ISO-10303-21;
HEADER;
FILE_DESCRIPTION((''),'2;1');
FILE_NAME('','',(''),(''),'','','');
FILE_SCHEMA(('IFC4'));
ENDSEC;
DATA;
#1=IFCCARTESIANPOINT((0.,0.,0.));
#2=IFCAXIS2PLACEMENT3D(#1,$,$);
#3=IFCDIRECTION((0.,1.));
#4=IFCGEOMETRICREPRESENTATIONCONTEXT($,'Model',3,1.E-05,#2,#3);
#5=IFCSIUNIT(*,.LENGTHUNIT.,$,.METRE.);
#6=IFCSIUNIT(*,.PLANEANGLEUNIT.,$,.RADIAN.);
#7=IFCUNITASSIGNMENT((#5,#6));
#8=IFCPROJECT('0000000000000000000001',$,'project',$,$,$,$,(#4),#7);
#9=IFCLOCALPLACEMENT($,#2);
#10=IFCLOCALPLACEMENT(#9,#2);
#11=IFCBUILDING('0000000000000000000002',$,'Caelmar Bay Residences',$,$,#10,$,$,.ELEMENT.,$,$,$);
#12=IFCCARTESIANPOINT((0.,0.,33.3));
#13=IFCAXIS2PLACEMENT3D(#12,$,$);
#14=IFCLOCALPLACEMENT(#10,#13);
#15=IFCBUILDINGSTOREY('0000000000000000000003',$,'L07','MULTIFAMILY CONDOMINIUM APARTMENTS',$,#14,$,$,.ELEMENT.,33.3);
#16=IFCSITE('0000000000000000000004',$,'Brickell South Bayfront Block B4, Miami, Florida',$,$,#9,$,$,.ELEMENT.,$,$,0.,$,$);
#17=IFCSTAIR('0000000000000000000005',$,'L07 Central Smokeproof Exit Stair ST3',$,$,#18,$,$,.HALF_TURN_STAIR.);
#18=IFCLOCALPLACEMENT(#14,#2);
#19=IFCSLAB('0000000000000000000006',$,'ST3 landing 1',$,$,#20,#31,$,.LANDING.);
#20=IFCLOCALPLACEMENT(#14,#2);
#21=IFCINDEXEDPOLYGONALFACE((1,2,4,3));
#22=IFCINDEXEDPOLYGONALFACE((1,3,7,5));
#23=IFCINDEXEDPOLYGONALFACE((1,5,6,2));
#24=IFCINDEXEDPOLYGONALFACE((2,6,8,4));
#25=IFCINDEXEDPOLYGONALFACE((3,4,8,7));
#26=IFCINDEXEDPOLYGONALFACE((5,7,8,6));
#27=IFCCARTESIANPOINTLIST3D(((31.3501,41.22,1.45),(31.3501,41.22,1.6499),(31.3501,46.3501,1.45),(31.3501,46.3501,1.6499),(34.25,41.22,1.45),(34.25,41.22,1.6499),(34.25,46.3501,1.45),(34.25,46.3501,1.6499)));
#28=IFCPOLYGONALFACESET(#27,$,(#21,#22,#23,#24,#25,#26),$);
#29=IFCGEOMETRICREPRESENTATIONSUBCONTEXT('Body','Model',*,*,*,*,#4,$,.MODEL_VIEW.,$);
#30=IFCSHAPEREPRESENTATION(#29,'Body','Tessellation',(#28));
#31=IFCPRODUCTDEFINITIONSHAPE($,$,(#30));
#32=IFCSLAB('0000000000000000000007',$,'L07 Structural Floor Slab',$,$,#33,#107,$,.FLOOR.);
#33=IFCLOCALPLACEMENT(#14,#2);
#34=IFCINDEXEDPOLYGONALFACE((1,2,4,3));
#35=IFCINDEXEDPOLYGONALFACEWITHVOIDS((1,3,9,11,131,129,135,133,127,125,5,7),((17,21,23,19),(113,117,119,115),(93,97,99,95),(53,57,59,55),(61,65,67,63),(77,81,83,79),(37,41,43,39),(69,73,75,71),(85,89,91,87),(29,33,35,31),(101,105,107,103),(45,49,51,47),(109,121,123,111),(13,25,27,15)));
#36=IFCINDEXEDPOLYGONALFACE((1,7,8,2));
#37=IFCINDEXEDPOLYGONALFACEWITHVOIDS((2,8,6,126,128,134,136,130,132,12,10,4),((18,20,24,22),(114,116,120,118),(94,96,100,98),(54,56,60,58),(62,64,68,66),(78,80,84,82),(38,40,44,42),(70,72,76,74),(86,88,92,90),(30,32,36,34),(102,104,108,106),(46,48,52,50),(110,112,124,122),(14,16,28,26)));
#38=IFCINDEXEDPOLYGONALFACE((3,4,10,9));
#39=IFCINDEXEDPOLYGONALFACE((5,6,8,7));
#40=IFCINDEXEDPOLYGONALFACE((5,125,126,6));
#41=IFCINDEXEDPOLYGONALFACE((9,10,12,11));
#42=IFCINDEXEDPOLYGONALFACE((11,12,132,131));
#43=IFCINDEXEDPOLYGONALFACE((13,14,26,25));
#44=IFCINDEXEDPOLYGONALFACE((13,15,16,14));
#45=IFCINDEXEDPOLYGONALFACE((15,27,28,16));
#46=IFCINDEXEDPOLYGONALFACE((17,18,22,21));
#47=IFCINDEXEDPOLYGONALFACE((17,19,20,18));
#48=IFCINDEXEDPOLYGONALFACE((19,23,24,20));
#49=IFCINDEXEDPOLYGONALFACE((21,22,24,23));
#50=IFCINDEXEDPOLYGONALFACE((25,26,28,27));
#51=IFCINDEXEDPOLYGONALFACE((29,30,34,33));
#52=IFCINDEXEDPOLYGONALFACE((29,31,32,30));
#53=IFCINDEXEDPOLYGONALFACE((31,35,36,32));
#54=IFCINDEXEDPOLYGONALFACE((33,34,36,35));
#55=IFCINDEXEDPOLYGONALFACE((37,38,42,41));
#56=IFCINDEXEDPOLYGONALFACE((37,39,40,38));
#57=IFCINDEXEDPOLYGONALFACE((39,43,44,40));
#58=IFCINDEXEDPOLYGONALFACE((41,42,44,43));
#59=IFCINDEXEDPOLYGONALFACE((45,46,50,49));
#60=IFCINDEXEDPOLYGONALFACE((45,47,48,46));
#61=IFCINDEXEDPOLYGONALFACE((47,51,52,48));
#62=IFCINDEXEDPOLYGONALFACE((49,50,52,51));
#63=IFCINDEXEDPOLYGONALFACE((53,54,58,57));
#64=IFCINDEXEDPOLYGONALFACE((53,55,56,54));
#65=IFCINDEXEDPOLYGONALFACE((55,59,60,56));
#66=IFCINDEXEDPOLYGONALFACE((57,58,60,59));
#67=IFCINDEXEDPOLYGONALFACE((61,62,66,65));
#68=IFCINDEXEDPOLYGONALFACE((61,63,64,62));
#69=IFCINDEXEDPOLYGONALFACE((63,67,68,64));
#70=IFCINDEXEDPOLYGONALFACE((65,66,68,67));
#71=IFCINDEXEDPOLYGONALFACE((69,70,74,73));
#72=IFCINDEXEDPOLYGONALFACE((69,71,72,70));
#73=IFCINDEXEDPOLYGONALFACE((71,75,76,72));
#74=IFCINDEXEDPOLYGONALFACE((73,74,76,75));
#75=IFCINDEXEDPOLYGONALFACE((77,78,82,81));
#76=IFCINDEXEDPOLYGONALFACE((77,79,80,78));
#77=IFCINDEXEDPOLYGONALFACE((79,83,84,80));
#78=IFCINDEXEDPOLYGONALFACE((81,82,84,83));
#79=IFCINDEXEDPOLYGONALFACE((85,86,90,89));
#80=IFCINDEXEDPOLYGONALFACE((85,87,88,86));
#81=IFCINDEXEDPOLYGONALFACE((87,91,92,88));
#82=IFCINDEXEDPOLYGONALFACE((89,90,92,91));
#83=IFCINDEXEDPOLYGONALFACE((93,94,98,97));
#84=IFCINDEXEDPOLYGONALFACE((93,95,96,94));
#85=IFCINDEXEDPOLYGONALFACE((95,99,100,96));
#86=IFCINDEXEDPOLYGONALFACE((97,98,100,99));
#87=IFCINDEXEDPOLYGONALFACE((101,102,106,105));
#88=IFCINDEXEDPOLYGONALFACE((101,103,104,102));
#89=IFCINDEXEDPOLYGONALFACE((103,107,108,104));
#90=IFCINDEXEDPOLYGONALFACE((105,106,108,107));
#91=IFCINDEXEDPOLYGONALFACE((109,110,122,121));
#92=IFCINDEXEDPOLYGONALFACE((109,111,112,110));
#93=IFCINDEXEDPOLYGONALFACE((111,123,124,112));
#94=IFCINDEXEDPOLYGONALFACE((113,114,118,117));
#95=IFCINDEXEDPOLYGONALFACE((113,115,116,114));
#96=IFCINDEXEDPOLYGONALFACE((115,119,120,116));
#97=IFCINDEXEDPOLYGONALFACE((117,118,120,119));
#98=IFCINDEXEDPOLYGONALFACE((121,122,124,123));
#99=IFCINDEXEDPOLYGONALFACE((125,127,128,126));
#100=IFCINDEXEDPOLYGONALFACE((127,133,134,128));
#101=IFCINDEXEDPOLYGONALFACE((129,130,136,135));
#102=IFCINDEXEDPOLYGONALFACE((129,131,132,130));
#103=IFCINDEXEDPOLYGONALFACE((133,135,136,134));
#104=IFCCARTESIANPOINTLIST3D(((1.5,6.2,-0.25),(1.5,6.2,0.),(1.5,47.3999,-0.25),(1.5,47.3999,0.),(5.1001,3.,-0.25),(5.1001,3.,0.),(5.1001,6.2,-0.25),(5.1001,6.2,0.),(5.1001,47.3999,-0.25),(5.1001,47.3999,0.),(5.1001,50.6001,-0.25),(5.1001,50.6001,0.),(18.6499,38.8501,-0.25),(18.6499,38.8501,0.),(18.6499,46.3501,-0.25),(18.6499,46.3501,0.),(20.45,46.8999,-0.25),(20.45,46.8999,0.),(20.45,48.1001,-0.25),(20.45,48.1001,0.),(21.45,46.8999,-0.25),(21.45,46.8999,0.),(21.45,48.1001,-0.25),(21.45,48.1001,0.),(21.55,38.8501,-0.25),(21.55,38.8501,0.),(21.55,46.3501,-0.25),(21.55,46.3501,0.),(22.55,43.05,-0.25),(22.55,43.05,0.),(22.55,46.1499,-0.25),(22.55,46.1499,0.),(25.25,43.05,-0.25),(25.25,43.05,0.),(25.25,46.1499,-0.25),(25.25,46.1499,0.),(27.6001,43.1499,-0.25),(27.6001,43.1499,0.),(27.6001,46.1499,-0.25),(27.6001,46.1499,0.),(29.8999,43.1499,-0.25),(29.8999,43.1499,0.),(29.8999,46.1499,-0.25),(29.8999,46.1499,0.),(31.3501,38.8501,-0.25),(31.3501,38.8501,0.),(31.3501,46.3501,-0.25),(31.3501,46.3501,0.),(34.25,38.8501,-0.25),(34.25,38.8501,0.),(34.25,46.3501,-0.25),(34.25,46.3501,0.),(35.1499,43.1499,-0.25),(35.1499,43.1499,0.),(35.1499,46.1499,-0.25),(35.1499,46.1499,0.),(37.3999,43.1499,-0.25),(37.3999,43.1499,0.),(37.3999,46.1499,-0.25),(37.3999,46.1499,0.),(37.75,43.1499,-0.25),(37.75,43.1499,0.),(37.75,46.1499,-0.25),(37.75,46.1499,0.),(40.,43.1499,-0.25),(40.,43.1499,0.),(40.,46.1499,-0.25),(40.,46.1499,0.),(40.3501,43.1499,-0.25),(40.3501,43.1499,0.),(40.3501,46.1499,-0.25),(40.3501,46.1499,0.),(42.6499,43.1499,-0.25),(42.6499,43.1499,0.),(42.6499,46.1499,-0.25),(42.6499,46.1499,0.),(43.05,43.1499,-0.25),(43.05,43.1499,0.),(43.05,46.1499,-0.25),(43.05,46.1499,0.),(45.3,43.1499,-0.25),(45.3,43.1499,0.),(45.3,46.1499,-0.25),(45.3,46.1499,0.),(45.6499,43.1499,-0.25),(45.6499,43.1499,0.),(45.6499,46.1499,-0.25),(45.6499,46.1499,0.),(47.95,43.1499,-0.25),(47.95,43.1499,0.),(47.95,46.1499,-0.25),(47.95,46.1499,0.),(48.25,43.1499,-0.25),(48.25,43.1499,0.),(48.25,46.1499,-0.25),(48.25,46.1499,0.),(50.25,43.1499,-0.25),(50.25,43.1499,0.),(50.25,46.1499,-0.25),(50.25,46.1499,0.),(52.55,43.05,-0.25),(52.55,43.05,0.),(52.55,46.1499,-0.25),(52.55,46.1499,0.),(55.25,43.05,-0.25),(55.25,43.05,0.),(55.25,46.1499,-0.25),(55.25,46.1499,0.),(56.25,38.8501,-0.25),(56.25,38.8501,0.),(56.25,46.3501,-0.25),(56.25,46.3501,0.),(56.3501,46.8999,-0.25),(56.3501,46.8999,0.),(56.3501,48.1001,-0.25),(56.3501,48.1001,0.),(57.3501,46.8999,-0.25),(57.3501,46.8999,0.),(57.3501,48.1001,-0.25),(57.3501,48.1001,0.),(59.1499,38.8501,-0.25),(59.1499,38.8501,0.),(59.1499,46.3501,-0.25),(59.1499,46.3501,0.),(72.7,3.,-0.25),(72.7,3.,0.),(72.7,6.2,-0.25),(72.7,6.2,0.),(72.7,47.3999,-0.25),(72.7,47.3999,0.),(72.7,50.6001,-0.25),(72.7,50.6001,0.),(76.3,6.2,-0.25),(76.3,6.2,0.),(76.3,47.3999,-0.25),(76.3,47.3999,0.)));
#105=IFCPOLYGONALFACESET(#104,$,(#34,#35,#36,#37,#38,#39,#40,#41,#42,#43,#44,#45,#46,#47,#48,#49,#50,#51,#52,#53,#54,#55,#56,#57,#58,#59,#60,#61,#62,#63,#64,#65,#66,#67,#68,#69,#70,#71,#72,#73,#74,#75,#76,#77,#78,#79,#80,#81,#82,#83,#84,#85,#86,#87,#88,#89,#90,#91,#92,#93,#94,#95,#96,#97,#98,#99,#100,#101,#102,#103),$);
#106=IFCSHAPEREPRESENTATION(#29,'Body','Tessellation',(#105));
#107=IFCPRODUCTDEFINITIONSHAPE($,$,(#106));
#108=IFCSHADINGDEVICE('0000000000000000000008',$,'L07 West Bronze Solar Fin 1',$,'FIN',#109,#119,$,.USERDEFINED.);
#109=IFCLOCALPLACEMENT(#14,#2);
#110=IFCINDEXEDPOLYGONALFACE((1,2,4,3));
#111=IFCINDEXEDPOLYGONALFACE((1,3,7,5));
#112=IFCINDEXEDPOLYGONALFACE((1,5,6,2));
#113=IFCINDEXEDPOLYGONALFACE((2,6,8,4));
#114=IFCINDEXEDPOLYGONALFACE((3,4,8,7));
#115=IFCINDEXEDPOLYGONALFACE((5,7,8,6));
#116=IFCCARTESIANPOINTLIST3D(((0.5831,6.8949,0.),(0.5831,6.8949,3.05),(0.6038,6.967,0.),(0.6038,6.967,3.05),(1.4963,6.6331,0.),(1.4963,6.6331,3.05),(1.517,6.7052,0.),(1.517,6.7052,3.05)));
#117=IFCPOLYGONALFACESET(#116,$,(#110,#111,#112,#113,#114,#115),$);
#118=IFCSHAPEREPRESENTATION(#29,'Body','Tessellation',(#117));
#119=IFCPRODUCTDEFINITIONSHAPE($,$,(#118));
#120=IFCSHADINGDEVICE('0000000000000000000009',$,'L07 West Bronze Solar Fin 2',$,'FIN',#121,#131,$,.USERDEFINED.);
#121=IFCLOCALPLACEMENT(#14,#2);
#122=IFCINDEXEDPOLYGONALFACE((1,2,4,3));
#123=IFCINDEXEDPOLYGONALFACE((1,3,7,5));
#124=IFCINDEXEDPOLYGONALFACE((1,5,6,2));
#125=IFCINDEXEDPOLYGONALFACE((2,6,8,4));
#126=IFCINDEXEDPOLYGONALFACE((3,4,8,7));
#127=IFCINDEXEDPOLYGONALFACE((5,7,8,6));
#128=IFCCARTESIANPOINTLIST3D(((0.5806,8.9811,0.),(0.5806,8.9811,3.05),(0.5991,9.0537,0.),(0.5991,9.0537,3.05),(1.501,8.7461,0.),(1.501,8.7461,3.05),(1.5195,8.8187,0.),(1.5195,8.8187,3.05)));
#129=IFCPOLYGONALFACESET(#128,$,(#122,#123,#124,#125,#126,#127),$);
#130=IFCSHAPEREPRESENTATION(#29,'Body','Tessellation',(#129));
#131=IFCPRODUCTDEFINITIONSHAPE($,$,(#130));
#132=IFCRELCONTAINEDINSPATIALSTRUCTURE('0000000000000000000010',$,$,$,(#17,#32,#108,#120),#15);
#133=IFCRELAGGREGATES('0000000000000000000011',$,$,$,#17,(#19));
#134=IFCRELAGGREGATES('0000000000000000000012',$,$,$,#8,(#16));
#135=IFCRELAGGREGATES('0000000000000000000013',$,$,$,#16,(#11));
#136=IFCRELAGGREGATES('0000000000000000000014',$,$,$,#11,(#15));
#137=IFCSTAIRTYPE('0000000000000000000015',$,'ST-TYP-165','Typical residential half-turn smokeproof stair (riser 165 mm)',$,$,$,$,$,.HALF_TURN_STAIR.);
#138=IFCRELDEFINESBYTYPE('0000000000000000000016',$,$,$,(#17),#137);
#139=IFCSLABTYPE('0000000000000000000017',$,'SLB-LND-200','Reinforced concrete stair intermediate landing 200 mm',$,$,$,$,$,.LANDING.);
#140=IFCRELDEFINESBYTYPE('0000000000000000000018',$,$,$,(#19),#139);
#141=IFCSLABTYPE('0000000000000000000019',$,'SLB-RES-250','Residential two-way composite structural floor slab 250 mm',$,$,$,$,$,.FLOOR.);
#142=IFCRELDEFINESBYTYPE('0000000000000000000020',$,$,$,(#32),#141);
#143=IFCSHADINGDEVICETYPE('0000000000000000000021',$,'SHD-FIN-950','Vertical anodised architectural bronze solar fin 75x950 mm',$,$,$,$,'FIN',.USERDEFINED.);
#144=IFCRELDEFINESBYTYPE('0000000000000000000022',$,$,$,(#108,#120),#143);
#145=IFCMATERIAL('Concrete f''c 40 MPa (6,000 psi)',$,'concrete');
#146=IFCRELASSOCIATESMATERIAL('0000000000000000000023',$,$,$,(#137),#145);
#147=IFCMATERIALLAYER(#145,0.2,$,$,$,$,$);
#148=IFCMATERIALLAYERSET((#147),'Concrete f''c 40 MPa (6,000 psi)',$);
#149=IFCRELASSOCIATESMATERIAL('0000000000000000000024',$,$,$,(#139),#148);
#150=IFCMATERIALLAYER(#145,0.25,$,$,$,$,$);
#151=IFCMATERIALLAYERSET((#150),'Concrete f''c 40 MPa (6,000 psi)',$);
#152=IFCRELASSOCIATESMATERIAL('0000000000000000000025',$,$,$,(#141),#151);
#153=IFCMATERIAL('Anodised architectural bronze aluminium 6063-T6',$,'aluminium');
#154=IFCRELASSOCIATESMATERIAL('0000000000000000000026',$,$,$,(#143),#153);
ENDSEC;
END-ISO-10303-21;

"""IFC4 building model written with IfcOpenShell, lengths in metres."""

from ifc_helpers import new_model, si_unit, direction, frame, origin, origin_2d, place, context, subcontext, project, spatial, polyline, rectangle, outline, extrude, material, layer, layer_set, material_profile, profile_set, type_object, element, aggregate, save


model = new_model("IFC4")

# Units and contexts
model_context = context("Model", 3, precision=1e-05, world=origin(), true_north=direction((0.0, 1.0)))
body_context = subcontext(model_context, "Body", "Model", "MODEL_VIEW")
ifc_project = project(units=[si_unit("LENGTHUNIT", "METRE"), si_unit("PLANEANGLEUNIT", "RADIAN")], contexts=[model_context])

# Site, building, storey
site_placement = place(None, origin())
site = spatial("IfcSite", under=ifc_project, at=site_placement, Name="Brickell South Bayfront Block B4, Miami, Florida", CompositionType="ELEMENT", RefElevation=0.0)
building_placement = place(site_placement, origin())
building = spatial("IfcBuilding", under=site, at=building_placement, Name="Caelmar Bay Residences", CompositionType="ELEMENT")
storey_placement = place(building_placement, frame((0.0, 0.0, 33.3)))
storey = spatial("IfcBuildingStorey", under=building, at=storey_placement, Name="L07", Description="MULTIFAMILY CONDOMINIUM APARTMENTS", CompositionType="ELEMENT", Elevation=33.3)

# Shared definitions
ifc_material_1 = material(Name="Concrete f'c 40 MPa (6,000 psi)", Category="concrete")

# Stair, slab
stair_type = type_object("IfcStairType", Name="ST-TYP-165", Description="Typical residential half-turn smokeproof stair (riser 165 mm)", PredefinedType="HALF_TURN_STAIR", material=ifc_material_1)
ifc_layer_1 = layer(ifc_material_1, 0.2)
ifc_layer_set_1 = layer_set([ifc_layer_1], Name="Concrete f'c 40 MPa (6,000 psi)")
slab_type_1 = type_object("IfcSlabType", Name="SLB-LND-200", Description="Reinforced concrete stair intermediate landing 200 mm", PredefinedType="LANDING", material=ifc_layer_set_1)
stair_1_placement = place(storey_placement, origin())
stair_1 = element("IfcStair", 1, at=stair_1_placement, inside=storey, type_object=stair_type, Name="L07 Central Smokeproof Exit Stair ST3", PredefinedType="HALF_TURN_STAIR")
slab_1_placement = place(storey_placement, frame((0.0, 0.0, 1.45)))
slab_1 = element("IfcSlab", 2, at=slab_1_placement, type_object=slab_type_1, Name="ST3 landing 1", PredefinedType="LANDING", context=body_context, shape_type="SweptSolid", body=[
    extrude(outline(polyline([(34.25, 41.22), (34.25, 46.3501), (31.3501, 46.3501), (31.3501, 41.22), (34.25, 41.22)])), origin(), (0.0, 0.0, 1.0), 0.2),
])
aggregate(stair_1, [slab_1])

# Slab
ifc_layer_2 = layer(ifc_material_1, 0.25)
ifc_layer_set_2 = layer_set([ifc_layer_2], Name="Concrete f'c 40 MPa (6,000 psi)")
slab_type_2 = type_object("IfcSlabType", Name="SLB-RES-250", Description="Residential two-way composite structural floor slab 250 mm", PredefinedType="FLOOR", material=ifc_layer_set_2)
slab_2_placement = place(storey_placement, frame((0.0, 0.0, -0.25)))
element("IfcSlab", 3, at=slab_2_placement, inside=storey, type_object=slab_type_2, Name="L07 Structural Floor Slab", PredefinedType="FLOOR", context=body_context, shape_type="SweptSolid", body=[
    extrude(outline(polyline([(5.1001, 3.0), (72.7, 3.0), (72.7, 6.2), (76.3, 6.2), (76.3, 47.3999), (72.7, 47.3999), (72.7, 50.6001), (5.1001, 50.6001), (5.1001, 47.3999), (1.5, 47.3999), (1.5, 6.2), (5.1001, 6.2), (5.1001, 3.0)]), holes=[polyline([(18.6499, 38.8501), (21.55, 38.8501), (21.55, 46.3501), (18.6499, 46.3501), (18.6499, 38.8501)]), polyline([(56.25, 38.8501), (59.1499, 38.8501), (59.1499, 46.3501), (56.25, 46.3501), (56.25, 38.8501)]), polyline([(31.3501, 38.8501), (34.25, 38.8501), (34.25, 46.3501), (31.3501, 46.3501), (31.3501, 38.8501)]), polyline([(22.55, 43.05), (25.25, 43.05), (25.25, 46.1499), (22.55, 46.1499), (22.55, 43.05)]), polyline([(52.55, 43.05), (55.25, 43.05), (55.25, 46.1499), (52.55, 46.1499), (52.55, 43.05)]), polyline([(35.1499, 43.1499), (37.3999, 43.1499), (37.3999, 46.1499), (35.1499, 46.1499), (35.1499, 43.1499)]), polyline([(37.75, 43.1499), (40.0, 43.1499), (40.0, 46.1499), (37.75, 46.1499), (37.75, 43.1499)]), polyline([(40.3501, 43.1499), (42.6499, 43.1499), (42.6499, 46.1499), (40.3501, 46.1499), (40.3501, 43.1499)]), polyline([(43.05, 43.1499), (45.3, 43.1499), (45.3, 46.1499), (43.05, 46.1499), (43.05, 43.1499)]), polyline([(45.6499, 43.1499), (47.95, 43.1499), (47.95, 46.1499), (45.6499, 46.1499), (45.6499, 43.1499)]), polyline([(48.25, 43.1499), (50.25, 43.1499), (50.25, 46.1499), (48.25, 46.1499), (48.25, 43.1499)]), polyline([(27.6001, 43.1499), (29.8999, 43.1499), (29.8999, 46.1499), (27.6001, 46.1499), (27.6001, 43.1499)]), polyline([(20.45, 46.8999), (21.45, 46.8999), (21.45, 48.1001), (20.45, 48.1001), (20.45, 46.8999)]), polyline([(56.3501, 46.8999), (57.3501, 46.8999), (57.3501, 48.1001), (56.3501, 48.1001), (56.3501, 46.8999)])]), origin(), (0.0, 0.0, 1.0), 0.25),
])

# Shading devices
ifc_material_2 = material(Name="Anodised architectural bronze aluminium 6063-T6", Category="aluminium")
ifc_material_profile_1 = material_profile(ifc_material_2, rectangle(XDim=0.075, YDim=0.95, at=origin_2d()), Name="BRONZE-FIN-75X950")
ifc_profile_set_1 = profile_set([ifc_material_profile_1], Name="Anodised architectural bronze aluminium 6063-T6")
shading_device_type = type_object("IfcShadingDeviceType", Name="SHD-FIN-950", Description="Vertical anodised architectural bronze solar fin 75x950 mm", ElementType="FIN", PredefinedType="USERDEFINED", material=ifc_profile_set_1)
for number, where, z_axis, x_axis, name in (
    (4, (1.05, 6.8, 0.0), (0.0, 0.0, 1.0), (0.275637, 0.961262, 0.0), "L07 West Bronze Solar Fin 1"),
    (5, (1.05, 8.8999, 0.0), (0.0, 0.0, 1.0), (0.247337, 0.968929, 0.0), "L07 West Bronze Solar Fin 2"),
):
    element("IfcShadingDevice", number, at=place(storey_placement, frame(where, z_axis=z_axis, x_axis=x_axis)), inside=storey, type_object=shading_device_type, Name=name, ObjectType="FIN", PredefinedType="USERDEFINED", context=body_context, shape_type="SweptSolid", body=[
        extrude(rectangle(XDim=0.075, YDim=0.95, at=origin_2d()), origin(), (0.0, 0.0, 1.0), 3.05),
    ])

save(model, "model.ifc")
